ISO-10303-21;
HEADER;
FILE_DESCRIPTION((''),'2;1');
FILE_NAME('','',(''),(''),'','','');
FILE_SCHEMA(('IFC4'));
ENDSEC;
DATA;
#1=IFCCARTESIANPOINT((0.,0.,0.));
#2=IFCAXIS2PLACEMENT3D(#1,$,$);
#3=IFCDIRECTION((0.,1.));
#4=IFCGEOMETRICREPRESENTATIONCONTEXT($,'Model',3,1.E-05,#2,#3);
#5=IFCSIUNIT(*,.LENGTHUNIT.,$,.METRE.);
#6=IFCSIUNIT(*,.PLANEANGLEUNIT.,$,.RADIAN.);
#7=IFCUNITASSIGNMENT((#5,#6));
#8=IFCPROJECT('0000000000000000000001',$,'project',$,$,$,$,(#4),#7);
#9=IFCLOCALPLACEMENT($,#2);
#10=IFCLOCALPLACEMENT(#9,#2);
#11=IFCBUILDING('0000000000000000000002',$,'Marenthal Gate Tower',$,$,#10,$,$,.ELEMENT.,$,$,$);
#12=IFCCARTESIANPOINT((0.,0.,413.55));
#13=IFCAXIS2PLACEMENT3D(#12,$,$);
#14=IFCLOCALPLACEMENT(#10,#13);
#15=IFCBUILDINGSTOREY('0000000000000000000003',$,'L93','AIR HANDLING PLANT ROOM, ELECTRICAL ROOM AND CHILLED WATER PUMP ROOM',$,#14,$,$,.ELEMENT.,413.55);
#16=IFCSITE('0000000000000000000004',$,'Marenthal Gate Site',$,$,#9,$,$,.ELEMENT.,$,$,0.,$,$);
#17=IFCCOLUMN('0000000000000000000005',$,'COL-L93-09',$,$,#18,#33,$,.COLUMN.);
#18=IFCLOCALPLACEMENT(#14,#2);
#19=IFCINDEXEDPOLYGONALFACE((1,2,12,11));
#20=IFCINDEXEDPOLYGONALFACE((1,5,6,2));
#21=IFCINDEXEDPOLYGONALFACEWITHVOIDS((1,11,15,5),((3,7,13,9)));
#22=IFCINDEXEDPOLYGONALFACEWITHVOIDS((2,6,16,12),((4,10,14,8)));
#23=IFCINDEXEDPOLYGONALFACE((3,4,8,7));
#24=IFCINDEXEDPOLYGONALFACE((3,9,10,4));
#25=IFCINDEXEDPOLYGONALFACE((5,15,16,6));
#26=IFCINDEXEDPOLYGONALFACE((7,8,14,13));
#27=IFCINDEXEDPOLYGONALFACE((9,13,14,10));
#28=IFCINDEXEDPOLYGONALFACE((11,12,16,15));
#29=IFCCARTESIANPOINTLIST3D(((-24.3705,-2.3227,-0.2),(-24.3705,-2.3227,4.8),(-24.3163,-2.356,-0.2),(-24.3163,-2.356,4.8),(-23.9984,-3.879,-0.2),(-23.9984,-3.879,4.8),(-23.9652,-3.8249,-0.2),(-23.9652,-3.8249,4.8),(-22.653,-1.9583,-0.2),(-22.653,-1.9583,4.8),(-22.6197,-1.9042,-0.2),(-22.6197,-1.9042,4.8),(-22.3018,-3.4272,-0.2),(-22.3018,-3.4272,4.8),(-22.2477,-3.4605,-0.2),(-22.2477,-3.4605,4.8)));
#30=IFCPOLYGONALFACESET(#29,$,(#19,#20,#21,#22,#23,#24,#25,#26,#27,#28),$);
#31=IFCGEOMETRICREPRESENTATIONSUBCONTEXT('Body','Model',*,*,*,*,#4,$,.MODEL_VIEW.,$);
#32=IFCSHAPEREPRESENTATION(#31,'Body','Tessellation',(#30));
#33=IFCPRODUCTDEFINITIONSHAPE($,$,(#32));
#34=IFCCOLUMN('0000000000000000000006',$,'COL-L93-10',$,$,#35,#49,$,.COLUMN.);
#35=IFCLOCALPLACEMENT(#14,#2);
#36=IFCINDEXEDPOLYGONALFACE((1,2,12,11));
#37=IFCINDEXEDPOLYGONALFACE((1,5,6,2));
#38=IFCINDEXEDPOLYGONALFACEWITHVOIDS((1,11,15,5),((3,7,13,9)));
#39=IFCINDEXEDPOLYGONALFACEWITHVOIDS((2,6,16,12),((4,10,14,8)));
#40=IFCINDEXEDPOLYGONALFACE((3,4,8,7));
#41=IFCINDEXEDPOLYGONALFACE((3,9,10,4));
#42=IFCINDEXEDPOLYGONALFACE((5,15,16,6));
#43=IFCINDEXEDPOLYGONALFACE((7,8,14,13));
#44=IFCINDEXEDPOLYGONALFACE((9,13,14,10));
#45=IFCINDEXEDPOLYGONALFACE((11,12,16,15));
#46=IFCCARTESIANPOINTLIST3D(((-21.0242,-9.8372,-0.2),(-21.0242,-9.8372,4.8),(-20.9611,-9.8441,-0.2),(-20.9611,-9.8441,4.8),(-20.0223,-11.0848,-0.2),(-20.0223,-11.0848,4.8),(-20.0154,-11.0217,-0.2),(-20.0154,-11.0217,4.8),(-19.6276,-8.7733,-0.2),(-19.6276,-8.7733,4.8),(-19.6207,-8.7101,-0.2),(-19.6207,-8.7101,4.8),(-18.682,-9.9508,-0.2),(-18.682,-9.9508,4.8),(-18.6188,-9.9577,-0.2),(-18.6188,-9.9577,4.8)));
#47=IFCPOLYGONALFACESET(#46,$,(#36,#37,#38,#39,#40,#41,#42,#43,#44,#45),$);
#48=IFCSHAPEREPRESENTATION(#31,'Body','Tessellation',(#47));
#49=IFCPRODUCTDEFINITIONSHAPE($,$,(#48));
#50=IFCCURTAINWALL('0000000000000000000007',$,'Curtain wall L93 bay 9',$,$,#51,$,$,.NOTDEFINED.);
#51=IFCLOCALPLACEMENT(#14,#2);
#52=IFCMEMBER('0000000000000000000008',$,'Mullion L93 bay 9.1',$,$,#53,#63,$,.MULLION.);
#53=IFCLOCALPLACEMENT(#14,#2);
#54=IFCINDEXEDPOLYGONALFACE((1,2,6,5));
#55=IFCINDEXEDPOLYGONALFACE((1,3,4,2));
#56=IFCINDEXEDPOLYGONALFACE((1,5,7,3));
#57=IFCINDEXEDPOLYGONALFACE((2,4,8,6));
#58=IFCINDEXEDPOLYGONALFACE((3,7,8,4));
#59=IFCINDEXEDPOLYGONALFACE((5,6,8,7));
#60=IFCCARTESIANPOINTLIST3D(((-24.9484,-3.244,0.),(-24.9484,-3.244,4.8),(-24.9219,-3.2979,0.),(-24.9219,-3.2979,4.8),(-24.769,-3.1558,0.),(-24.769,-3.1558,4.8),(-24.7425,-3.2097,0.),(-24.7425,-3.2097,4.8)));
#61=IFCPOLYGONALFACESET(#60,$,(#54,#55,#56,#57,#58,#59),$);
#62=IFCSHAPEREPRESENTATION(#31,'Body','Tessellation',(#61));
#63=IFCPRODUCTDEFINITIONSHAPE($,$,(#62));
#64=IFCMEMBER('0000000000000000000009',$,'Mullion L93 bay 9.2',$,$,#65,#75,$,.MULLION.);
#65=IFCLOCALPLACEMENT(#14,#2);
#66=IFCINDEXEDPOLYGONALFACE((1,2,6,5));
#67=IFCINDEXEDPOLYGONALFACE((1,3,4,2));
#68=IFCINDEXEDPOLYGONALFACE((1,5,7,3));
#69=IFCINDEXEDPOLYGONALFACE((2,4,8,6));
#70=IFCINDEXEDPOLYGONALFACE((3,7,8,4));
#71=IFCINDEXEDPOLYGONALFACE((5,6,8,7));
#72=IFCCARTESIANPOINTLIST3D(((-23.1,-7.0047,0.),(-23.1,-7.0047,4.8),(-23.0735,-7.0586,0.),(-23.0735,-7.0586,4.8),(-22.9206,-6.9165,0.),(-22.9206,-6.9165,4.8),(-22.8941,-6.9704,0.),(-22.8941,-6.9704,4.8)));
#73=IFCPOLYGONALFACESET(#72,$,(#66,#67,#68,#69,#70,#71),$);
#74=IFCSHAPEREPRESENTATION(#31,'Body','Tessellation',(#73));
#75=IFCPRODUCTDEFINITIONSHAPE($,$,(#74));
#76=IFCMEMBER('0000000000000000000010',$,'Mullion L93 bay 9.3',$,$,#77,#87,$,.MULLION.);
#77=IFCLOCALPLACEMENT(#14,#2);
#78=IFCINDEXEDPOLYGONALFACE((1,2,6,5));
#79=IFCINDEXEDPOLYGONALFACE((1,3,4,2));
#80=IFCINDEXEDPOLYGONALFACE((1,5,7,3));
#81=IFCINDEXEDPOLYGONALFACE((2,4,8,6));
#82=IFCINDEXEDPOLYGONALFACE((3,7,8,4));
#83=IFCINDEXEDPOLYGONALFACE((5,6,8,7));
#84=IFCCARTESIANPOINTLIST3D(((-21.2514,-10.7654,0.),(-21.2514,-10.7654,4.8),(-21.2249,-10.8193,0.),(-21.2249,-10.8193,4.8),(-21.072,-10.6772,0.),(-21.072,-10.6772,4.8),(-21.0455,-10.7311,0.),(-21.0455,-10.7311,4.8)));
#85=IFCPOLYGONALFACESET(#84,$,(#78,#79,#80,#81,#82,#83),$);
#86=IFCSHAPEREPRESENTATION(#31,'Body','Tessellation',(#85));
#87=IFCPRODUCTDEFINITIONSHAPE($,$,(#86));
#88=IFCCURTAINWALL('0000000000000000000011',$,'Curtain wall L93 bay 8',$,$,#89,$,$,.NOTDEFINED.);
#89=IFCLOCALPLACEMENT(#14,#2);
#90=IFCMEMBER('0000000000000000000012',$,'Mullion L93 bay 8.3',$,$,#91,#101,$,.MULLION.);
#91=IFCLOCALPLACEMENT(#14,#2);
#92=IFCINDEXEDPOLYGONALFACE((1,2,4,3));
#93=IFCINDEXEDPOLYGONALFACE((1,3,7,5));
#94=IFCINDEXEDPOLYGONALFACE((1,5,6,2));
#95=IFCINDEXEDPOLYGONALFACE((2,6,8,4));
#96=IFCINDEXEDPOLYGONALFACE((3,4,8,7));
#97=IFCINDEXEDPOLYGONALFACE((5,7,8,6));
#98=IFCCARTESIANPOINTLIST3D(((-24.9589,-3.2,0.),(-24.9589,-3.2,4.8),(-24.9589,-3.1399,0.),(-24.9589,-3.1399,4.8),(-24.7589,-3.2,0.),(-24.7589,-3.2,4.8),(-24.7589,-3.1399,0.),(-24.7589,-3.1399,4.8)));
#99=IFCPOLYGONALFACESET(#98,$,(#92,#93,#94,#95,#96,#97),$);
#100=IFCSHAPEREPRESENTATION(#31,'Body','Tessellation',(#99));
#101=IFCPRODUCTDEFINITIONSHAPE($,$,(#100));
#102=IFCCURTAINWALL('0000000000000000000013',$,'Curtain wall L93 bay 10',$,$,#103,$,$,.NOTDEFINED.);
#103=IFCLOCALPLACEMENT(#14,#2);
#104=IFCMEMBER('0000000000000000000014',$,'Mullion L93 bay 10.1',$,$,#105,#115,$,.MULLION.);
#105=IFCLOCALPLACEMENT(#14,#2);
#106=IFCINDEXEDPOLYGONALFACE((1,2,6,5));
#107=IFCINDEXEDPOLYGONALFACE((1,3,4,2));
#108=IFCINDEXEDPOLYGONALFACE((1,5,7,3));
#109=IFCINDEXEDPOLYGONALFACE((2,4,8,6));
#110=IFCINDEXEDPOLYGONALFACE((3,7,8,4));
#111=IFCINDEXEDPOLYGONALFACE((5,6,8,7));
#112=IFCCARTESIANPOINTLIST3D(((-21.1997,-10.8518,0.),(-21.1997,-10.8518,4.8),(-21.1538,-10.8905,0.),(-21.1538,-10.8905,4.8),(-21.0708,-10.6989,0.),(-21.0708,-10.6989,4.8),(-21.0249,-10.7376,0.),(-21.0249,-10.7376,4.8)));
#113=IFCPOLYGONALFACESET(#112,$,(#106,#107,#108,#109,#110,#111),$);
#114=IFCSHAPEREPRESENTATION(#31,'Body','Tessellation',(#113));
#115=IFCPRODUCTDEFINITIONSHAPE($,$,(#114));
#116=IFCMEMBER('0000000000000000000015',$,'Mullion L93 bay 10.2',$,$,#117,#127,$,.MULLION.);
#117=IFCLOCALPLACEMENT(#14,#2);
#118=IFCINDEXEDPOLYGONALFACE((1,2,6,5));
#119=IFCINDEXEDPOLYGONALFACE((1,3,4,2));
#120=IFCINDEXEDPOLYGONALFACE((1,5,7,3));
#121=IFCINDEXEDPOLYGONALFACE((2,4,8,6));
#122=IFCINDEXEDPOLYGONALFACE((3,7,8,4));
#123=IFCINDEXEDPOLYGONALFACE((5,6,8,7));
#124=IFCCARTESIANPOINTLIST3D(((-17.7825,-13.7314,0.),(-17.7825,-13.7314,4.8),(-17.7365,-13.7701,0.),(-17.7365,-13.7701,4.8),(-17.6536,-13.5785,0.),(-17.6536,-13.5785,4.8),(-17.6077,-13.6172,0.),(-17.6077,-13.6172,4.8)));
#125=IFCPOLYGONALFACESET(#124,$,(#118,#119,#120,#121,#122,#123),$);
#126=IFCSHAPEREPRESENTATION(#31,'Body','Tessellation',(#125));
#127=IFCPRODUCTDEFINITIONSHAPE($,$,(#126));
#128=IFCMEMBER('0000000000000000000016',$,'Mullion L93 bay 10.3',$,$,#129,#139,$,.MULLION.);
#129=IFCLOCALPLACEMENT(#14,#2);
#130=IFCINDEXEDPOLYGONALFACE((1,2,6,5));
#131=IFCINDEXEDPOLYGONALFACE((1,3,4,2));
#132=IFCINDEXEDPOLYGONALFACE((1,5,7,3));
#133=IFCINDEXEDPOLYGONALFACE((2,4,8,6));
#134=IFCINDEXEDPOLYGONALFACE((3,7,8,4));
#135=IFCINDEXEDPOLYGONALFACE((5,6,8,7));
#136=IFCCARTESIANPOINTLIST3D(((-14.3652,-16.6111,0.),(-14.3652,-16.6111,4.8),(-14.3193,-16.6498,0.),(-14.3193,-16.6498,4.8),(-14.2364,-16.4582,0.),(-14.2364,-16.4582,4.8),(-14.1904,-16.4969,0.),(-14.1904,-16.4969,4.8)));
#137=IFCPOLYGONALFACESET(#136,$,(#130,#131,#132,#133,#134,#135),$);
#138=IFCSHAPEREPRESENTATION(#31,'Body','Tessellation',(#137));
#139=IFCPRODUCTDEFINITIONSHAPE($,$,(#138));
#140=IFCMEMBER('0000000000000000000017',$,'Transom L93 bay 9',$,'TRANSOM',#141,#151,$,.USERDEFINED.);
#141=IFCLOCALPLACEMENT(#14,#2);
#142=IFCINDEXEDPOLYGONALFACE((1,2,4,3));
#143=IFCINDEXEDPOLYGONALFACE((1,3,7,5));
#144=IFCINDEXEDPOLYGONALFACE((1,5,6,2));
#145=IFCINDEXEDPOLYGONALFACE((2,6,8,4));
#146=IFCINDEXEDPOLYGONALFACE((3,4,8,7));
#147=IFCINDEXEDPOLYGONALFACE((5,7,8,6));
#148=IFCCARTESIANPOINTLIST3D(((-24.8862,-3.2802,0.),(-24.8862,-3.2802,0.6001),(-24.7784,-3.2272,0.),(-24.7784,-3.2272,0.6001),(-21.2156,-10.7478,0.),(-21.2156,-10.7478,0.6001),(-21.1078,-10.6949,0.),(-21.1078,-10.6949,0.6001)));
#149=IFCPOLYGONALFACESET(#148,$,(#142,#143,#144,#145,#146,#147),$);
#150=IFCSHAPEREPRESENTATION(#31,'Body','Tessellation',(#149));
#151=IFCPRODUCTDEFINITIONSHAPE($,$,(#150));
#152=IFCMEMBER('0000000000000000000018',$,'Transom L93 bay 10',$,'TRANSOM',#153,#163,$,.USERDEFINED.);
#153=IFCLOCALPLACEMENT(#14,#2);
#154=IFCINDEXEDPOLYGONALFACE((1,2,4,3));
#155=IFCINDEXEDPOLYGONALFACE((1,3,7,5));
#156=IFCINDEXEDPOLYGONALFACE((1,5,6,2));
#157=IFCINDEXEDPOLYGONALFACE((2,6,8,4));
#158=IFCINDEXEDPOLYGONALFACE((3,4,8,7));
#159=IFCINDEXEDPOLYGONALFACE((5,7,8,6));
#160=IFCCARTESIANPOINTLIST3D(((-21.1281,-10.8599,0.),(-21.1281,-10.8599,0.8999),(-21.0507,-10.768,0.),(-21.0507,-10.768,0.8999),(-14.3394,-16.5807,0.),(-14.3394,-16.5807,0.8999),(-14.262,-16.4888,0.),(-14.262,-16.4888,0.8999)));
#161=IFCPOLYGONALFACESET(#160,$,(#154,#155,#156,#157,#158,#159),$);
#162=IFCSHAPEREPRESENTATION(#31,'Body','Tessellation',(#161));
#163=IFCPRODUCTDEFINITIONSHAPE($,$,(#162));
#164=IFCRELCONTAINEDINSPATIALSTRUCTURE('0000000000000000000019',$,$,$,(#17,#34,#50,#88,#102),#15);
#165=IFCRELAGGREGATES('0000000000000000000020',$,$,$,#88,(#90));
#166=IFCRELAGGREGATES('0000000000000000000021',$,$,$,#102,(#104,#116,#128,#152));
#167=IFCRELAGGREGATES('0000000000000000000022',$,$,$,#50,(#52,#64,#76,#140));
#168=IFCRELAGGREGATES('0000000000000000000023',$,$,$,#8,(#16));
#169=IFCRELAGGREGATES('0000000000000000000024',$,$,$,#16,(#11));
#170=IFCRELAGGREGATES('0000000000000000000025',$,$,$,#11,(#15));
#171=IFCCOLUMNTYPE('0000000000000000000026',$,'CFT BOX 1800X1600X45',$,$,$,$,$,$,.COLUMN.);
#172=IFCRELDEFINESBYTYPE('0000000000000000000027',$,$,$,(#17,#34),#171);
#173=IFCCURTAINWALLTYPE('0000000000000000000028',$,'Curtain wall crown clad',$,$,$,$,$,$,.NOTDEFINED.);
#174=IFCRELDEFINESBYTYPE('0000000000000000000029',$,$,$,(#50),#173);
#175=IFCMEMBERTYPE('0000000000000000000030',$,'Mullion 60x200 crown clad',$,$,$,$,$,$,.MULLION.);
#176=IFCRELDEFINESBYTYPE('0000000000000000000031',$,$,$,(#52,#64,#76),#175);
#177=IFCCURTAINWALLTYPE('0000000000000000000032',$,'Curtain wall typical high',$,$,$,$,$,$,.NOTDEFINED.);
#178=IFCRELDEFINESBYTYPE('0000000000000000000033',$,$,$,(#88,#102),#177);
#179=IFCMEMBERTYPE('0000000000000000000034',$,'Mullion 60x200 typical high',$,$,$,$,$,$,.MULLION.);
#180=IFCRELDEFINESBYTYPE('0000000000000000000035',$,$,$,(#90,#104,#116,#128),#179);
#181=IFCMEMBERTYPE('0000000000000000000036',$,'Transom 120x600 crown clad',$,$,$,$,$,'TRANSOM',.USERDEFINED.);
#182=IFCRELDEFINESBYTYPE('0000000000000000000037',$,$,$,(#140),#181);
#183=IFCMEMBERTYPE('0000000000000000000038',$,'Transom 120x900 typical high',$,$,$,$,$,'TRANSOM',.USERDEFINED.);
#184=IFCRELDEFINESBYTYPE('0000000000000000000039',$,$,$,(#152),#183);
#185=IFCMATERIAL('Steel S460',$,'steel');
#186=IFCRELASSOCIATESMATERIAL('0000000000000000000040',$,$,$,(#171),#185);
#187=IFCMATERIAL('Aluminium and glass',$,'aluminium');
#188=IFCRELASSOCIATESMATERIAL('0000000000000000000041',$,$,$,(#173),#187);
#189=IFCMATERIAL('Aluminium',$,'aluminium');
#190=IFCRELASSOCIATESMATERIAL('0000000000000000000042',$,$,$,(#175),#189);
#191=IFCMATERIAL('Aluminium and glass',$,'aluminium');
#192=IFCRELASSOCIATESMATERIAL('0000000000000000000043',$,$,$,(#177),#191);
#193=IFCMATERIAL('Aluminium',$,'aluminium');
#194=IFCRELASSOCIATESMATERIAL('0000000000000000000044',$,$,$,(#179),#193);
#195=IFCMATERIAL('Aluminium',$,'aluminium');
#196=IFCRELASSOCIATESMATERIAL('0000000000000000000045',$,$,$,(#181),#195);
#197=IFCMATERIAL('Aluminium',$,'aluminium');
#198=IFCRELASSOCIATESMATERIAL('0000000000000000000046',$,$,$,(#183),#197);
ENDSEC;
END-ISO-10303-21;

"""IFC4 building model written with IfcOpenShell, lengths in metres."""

from ifc_helpers import new_model, si_unit, direction, frame, origin, origin_2d, place, context, subcontext, project, spatial, rectangle, hollow_rectangle, extrude, material, material_profile, profile_set, type_object, element, aggregate, save


model = new_model("IFC4")

# Units and contexts
model_context = context("Model", 3, precision=1e-05, world=origin(), true_north=direction((0.0, 1.0)))
body_context = subcontext(model_context, "Body", "Model", "MODEL_VIEW")
ifc_project = project(units=[si_unit("LENGTHUNIT", "METRE"), si_unit("PLANEANGLEUNIT", "RADIAN")], contexts=[model_context])

# Site, building, storey
site_placement = place(None, origin())
site = spatial("IfcSite", under=ifc_project, at=site_placement, Name="Marenthal Gate Site", CompositionType="ELEMENT", RefElevation=0.0)
building_placement = place(site_placement, origin())
building = spatial("IfcBuilding", under=site, at=building_placement, Name="Marenthal Gate Tower", CompositionType="ELEMENT")
storey_placement = place(building_placement, frame((0.0, 0.0, 413.55)))
storey = spatial("IfcBuildingStorey", under=building, at=storey_placement, Name="L93", Description="AIR HANDLING PLANT ROOM, ELECTRICAL ROOM AND CHILLED WATER PUMP ROOM", CompositionType="ELEMENT", Elevation=413.55)

# Columns
ifc_material_1 = material(Name="Steel S460", Category="steel")
ifc_material_profile_1 = material_profile(ifc_material_1, hollow_rectangle(XDim=1.6001, YDim=1.8, WallThickness=0.0449, at=origin_2d()), Name="CFT BOX 1800X1600X45")
ifc_material_2 = material(Name="Concrete 70 MPa", Category="concrete")
ifc_material_profile_2 = material_profile(ifc_material_2, rectangle(XDim=1.51, YDim=1.71, at=origin_2d()), Name="CFT BOX 1800X1600X45 INFILL")
ifc_profile_set_1 = profile_set([ifc_material_profile_1, ifc_material_profile_2], Name="Steel S460 shell, Concrete 70 MPa infill")
column_type = type_object("IfcColumnType", Name="CFT BOX 1800X1600X45", PredefinedType="COLUMN", material=ifc_profile_set_1)
for number, where, z_axis, x_axis, name in (
    (1, (-23.3091, -2.8916, -0.2), (0.0, 0.0, 1.0), (-0.232512, 0.972594, 0.0), "COL-L93-09"),
    (2, (-19.8215, -9.8975, -0.2), (0.0, 0.0, 1.0), (-0.626145, 0.779706, 0.0), "COL-L93-10"),
):
    element("IfcColumn", number, at=place(storey_placement, frame(where, z_axis=z_axis, x_axis=x_axis)), inside=storey, type_object=column_type, Name=name, PredefinedType="COLUMN", context=body_context, shape_type="SweptSolid", body=[
        extrude(hollow_rectangle(XDim=1.6001, YDim=1.8, WallThickness=0.0449, at=origin_2d()), origin(), (0.0, 0.0, 1.0), 5.0),
    ])

# Curtain wall, members
ifc_material_3 = material(Name="Aluminium and glass", Category="aluminium")
curtain_wall_type_1 = type_object("IfcCurtainWallType", Name="Curtain wall crown clad", PredefinedType="NOTDEFINED", material=ifc_material_3)
curtain_wall_1_placement = place(storey_placement, origin())
curtain_wall_1 = element("IfcCurtainWall", 3, at=curtain_wall_1_placement, inside=storey, type_object=curtain_wall_type_1, Name="Curtain wall L93 bay 9", PredefinedType="NOTDEFINED")
ifc_material_4 = material(Name="Aluminium", Category="aluminium")
ifc_material_profile_3 = material_profile(ifc_material_4, rectangle(XDim=0.2, YDim=0.0601, at=origin_2d()), Name="60x200 aluminium mullion")
ifc_profile_set_2 = profile_set([ifc_material_profile_3], Name="Aluminium")
member_type_1 = type_object("IfcMemberType", Name="Mullion 60x200 crown clad", PredefinedType="MULLION", material=ifc_profile_set_2)
member_1_placement = place(storey_placement, frame((-24.8455, -3.2268, 0.0), z_axis=(0.0, 0.0, 1.0), x_axis=(0.897446, 0.441124, 0.0)))
member_1 = element("IfcMember", 4, at=member_1_placement, type_object=member_type_1, Name="Mullion L93 bay 9.1", PredefinedType="MULLION", context=body_context, shape_type="SweptSolid", body=[
    extrude(rectangle(XDim=0.2, YDim=0.0601, at=origin_2d()), origin(), (0.0, 0.0, 1.0), 4.8),
])
member_2_placement = place(storey_placement, frame((-22.9971, -6.9875, 0.0), z_axis=(0.0, 0.0, 1.0), x_axis=(0.897446, 0.441124, 0.0)))
member_2 = element("IfcMember", 5, at=member_2_placement, type_object=member_type_1, Name="Mullion L93 bay 9.2", PredefinedType="MULLION", context=body_context, shape_type="SweptSolid", body=[
    extrude(rectangle(XDim=0.2, YDim=0.0601, at=origin_2d()), origin(), (0.0, 0.0, 1.0), 4.8),
])
member_3_placement = place(storey_placement, frame((-21.1484, -10.7483, 0.0), z_axis=(0.0, 0.0, 1.0), x_axis=(0.897446, 0.441124, 0.0)))
member_3 = element("IfcMember", 6, at=member_3_placement, type_object=member_type_1, Name="Mullion L93 bay 9.3", PredefinedType="MULLION", context=body_context, shape_type="SweptSolid", body=[
    extrude(rectangle(XDim=0.2, YDim=0.0601, at=origin_2d()), origin(), (0.0, 0.0, 1.0), 4.8),
])

# Curtain wall, member
ifc_material_5 = material(Name="Aluminium and glass", Category="aluminium")
curtain_wall_type_2 = type_object("IfcCurtainWallType", Name="Curtain wall typical high", PredefinedType="NOTDEFINED", material=ifc_material_5)
curtain_wall_2_placement = place(storey_placement, origin())
curtain_wall_2 = element("IfcCurtainWall", 7, at=curtain_wall_2_placement, inside=storey, type_object=curtain_wall_type_2, Name="Curtain wall L93 bay 8", PredefinedType="NOTDEFINED")
ifc_material_6 = material(Name="Aluminium", Category="aluminium")
ifc_material_profile_4 = material_profile(ifc_material_6, rectangle(XDim=0.2, YDim=0.0601, at=origin_2d()), Name="60x200 aluminium mullion")
ifc_profile_set_3 = profile_set([ifc_material_profile_4], Name="Aluminium")
member_type_2 = type_object("IfcMemberType", Name="Mullion 60x200 typical high", PredefinedType="MULLION", material=ifc_profile_set_3)
member_4_placement = place(storey_placement, frame((-24.8589, -3.1699, 0.0), z_axis=(0.0, 0.0, 1.0), x_axis=(1.0, 0.0, 0.0)))
member_4 = element("IfcMember", 8, at=member_4_placement, type_object=member_type_2, Name="Mullion L93 bay 8.3", PredefinedType="MULLION", context=body_context, shape_type="SweptSolid", body=[
    extrude(rectangle(XDim=0.2, YDim=0.0601, at=origin_2d()), origin(), (0.0, 0.0, 1.0), 4.8),
])
aggregate(curtain_wall_2, [member_4])

# Curtain wall, members
curtain_wall_3_placement = place(storey_placement, origin())
curtain_wall_3 = element("IfcCurtainWall", 9, at=curtain_wall_3_placement, inside=storey, type_object=curtain_wall_type_2, Name="Curtain wall L93 bay 10", PredefinedType="NOTDEFINED")
member_5_placement = place(storey_placement, frame((-21.1123, -10.7947, 0.0), z_axis=(0.0, 0.0, 1.0), x_axis=(0.644394, 0.764693, 0.0)))
member_5 = element("IfcMember", 10, at=member_5_placement, type_object=member_type_2, Name="Mullion L93 bay 10.1", PredefinedType="MULLION", context=body_context, shape_type="SweptSolid", body=[
    extrude(rectangle(XDim=0.2, YDim=0.0601, at=origin_2d()), origin(), (0.0, 0.0, 1.0), 4.8),
])
member_6_placement = place(storey_placement, frame((-17.6951, -13.6743, 0.0), z_axis=(0.0, 0.0, 1.0), x_axis=(0.644394, 0.764693, 0.0)))
member_6 = element("IfcMember", 11, at=member_6_placement, type_object=member_type_2, Name="Mullion L93 bay 10.2", PredefinedType="MULLION", context=body_context, shape_type="SweptSolid", body=[
    extrude(rectangle(XDim=0.2, YDim=0.0601, at=origin_2d()), origin(), (0.0, 0.0, 1.0), 4.8),
])
member_7_placement = place(storey_placement, frame((-14.2778, -16.554, 0.0), z_axis=(0.0, 0.0, 1.0), x_axis=(0.644394, 0.764693, 0.0)))
member_7 = element("IfcMember", 12, at=member_7_placement, type_object=member_type_2, Name="Mullion L93 bay 10.3", PredefinedType="MULLION", context=body_context, shape_type="SweptSolid", body=[
    extrude(rectangle(XDim=0.2, YDim=0.0601, at=origin_2d()), origin(), (0.0, 0.0, 1.0), 4.8),
])

# Members
ifc_material_7 = material(Name="Aluminium", Category="aluminium")
ifc_material_profile_5 = material_profile(ifc_material_7, rectangle(XDim=0.1201, YDim=0.6001, at=origin_2d()), Name="120x600 aluminium transom")
ifc_profile_set_4 = profile_set([ifc_material_profile_5], Name="Aluminium")
member_type_3 = type_object("IfcMemberType", Name="Transom 120x600 crown clad", ElementType="TRANSOM", PredefinedType="USERDEFINED", material=ifc_profile_set_4)
member_8_placement = place(storey_placement, frame((-24.8323, -3.2537, 0.3), z_axis=(0.441124, -0.897446, 0.0), x_axis=(0.897446, 0.441124, 0.0)))
member_8 = element("IfcMember", 13, at=member_8_placement, type_object=member_type_3, Name="Transom L93 bay 9", ObjectType="TRANSOM", PredefinedType="USERDEFINED", context=body_context, shape_type="SweptSolid", body=[
    extrude(rectangle(XDim=0.1201, YDim=0.6001, at=origin_2d()), origin(), (0.0, 0.0, 1.0), 8.321),
])
ifc_material_8 = material(Name="Aluminium", Category="aluminium")
ifc_material_profile_6 = material_profile(ifc_material_8, rectangle(XDim=0.1201, YDim=0.8999, at=origin_2d()), Name="120x900 aluminium transom")
ifc_profile_set_5 = profile_set([ifc_material_profile_6], Name="Aluminium")
member_type_4 = type_object("IfcMemberType", Name="Transom 120x900 typical high", ElementType="TRANSOM", PredefinedType="USERDEFINED", material=ifc_profile_set_5)
member_9_placement = place(storey_placement, frame((-21.0894, -10.814, 0.45), z_axis=(0.764689, -0.6444, 0.0), x_axis=(0.6444, 0.764689, 0.0)))
member_9 = element("IfcMember", 14, at=member_9_placement, type_object=member_type_4, Name="Transom L93 bay 10", ObjectType="TRANSOM", PredefinedType="USERDEFINED", context=body_context, shape_type="SweptSolid", body=[
    extrude(rectangle(XDim=0.1201, YDim=0.8999, at=origin_2d()), origin(), (0.0, 0.0, 1.0), 8.8777),
])

aggregate(curtain_wall_3, [member_5, member_6, member_7, member_9])
aggregate(curtain_wall_1, [member_1, member_2, member_3, member_8])

save(model, "model.ifc")
